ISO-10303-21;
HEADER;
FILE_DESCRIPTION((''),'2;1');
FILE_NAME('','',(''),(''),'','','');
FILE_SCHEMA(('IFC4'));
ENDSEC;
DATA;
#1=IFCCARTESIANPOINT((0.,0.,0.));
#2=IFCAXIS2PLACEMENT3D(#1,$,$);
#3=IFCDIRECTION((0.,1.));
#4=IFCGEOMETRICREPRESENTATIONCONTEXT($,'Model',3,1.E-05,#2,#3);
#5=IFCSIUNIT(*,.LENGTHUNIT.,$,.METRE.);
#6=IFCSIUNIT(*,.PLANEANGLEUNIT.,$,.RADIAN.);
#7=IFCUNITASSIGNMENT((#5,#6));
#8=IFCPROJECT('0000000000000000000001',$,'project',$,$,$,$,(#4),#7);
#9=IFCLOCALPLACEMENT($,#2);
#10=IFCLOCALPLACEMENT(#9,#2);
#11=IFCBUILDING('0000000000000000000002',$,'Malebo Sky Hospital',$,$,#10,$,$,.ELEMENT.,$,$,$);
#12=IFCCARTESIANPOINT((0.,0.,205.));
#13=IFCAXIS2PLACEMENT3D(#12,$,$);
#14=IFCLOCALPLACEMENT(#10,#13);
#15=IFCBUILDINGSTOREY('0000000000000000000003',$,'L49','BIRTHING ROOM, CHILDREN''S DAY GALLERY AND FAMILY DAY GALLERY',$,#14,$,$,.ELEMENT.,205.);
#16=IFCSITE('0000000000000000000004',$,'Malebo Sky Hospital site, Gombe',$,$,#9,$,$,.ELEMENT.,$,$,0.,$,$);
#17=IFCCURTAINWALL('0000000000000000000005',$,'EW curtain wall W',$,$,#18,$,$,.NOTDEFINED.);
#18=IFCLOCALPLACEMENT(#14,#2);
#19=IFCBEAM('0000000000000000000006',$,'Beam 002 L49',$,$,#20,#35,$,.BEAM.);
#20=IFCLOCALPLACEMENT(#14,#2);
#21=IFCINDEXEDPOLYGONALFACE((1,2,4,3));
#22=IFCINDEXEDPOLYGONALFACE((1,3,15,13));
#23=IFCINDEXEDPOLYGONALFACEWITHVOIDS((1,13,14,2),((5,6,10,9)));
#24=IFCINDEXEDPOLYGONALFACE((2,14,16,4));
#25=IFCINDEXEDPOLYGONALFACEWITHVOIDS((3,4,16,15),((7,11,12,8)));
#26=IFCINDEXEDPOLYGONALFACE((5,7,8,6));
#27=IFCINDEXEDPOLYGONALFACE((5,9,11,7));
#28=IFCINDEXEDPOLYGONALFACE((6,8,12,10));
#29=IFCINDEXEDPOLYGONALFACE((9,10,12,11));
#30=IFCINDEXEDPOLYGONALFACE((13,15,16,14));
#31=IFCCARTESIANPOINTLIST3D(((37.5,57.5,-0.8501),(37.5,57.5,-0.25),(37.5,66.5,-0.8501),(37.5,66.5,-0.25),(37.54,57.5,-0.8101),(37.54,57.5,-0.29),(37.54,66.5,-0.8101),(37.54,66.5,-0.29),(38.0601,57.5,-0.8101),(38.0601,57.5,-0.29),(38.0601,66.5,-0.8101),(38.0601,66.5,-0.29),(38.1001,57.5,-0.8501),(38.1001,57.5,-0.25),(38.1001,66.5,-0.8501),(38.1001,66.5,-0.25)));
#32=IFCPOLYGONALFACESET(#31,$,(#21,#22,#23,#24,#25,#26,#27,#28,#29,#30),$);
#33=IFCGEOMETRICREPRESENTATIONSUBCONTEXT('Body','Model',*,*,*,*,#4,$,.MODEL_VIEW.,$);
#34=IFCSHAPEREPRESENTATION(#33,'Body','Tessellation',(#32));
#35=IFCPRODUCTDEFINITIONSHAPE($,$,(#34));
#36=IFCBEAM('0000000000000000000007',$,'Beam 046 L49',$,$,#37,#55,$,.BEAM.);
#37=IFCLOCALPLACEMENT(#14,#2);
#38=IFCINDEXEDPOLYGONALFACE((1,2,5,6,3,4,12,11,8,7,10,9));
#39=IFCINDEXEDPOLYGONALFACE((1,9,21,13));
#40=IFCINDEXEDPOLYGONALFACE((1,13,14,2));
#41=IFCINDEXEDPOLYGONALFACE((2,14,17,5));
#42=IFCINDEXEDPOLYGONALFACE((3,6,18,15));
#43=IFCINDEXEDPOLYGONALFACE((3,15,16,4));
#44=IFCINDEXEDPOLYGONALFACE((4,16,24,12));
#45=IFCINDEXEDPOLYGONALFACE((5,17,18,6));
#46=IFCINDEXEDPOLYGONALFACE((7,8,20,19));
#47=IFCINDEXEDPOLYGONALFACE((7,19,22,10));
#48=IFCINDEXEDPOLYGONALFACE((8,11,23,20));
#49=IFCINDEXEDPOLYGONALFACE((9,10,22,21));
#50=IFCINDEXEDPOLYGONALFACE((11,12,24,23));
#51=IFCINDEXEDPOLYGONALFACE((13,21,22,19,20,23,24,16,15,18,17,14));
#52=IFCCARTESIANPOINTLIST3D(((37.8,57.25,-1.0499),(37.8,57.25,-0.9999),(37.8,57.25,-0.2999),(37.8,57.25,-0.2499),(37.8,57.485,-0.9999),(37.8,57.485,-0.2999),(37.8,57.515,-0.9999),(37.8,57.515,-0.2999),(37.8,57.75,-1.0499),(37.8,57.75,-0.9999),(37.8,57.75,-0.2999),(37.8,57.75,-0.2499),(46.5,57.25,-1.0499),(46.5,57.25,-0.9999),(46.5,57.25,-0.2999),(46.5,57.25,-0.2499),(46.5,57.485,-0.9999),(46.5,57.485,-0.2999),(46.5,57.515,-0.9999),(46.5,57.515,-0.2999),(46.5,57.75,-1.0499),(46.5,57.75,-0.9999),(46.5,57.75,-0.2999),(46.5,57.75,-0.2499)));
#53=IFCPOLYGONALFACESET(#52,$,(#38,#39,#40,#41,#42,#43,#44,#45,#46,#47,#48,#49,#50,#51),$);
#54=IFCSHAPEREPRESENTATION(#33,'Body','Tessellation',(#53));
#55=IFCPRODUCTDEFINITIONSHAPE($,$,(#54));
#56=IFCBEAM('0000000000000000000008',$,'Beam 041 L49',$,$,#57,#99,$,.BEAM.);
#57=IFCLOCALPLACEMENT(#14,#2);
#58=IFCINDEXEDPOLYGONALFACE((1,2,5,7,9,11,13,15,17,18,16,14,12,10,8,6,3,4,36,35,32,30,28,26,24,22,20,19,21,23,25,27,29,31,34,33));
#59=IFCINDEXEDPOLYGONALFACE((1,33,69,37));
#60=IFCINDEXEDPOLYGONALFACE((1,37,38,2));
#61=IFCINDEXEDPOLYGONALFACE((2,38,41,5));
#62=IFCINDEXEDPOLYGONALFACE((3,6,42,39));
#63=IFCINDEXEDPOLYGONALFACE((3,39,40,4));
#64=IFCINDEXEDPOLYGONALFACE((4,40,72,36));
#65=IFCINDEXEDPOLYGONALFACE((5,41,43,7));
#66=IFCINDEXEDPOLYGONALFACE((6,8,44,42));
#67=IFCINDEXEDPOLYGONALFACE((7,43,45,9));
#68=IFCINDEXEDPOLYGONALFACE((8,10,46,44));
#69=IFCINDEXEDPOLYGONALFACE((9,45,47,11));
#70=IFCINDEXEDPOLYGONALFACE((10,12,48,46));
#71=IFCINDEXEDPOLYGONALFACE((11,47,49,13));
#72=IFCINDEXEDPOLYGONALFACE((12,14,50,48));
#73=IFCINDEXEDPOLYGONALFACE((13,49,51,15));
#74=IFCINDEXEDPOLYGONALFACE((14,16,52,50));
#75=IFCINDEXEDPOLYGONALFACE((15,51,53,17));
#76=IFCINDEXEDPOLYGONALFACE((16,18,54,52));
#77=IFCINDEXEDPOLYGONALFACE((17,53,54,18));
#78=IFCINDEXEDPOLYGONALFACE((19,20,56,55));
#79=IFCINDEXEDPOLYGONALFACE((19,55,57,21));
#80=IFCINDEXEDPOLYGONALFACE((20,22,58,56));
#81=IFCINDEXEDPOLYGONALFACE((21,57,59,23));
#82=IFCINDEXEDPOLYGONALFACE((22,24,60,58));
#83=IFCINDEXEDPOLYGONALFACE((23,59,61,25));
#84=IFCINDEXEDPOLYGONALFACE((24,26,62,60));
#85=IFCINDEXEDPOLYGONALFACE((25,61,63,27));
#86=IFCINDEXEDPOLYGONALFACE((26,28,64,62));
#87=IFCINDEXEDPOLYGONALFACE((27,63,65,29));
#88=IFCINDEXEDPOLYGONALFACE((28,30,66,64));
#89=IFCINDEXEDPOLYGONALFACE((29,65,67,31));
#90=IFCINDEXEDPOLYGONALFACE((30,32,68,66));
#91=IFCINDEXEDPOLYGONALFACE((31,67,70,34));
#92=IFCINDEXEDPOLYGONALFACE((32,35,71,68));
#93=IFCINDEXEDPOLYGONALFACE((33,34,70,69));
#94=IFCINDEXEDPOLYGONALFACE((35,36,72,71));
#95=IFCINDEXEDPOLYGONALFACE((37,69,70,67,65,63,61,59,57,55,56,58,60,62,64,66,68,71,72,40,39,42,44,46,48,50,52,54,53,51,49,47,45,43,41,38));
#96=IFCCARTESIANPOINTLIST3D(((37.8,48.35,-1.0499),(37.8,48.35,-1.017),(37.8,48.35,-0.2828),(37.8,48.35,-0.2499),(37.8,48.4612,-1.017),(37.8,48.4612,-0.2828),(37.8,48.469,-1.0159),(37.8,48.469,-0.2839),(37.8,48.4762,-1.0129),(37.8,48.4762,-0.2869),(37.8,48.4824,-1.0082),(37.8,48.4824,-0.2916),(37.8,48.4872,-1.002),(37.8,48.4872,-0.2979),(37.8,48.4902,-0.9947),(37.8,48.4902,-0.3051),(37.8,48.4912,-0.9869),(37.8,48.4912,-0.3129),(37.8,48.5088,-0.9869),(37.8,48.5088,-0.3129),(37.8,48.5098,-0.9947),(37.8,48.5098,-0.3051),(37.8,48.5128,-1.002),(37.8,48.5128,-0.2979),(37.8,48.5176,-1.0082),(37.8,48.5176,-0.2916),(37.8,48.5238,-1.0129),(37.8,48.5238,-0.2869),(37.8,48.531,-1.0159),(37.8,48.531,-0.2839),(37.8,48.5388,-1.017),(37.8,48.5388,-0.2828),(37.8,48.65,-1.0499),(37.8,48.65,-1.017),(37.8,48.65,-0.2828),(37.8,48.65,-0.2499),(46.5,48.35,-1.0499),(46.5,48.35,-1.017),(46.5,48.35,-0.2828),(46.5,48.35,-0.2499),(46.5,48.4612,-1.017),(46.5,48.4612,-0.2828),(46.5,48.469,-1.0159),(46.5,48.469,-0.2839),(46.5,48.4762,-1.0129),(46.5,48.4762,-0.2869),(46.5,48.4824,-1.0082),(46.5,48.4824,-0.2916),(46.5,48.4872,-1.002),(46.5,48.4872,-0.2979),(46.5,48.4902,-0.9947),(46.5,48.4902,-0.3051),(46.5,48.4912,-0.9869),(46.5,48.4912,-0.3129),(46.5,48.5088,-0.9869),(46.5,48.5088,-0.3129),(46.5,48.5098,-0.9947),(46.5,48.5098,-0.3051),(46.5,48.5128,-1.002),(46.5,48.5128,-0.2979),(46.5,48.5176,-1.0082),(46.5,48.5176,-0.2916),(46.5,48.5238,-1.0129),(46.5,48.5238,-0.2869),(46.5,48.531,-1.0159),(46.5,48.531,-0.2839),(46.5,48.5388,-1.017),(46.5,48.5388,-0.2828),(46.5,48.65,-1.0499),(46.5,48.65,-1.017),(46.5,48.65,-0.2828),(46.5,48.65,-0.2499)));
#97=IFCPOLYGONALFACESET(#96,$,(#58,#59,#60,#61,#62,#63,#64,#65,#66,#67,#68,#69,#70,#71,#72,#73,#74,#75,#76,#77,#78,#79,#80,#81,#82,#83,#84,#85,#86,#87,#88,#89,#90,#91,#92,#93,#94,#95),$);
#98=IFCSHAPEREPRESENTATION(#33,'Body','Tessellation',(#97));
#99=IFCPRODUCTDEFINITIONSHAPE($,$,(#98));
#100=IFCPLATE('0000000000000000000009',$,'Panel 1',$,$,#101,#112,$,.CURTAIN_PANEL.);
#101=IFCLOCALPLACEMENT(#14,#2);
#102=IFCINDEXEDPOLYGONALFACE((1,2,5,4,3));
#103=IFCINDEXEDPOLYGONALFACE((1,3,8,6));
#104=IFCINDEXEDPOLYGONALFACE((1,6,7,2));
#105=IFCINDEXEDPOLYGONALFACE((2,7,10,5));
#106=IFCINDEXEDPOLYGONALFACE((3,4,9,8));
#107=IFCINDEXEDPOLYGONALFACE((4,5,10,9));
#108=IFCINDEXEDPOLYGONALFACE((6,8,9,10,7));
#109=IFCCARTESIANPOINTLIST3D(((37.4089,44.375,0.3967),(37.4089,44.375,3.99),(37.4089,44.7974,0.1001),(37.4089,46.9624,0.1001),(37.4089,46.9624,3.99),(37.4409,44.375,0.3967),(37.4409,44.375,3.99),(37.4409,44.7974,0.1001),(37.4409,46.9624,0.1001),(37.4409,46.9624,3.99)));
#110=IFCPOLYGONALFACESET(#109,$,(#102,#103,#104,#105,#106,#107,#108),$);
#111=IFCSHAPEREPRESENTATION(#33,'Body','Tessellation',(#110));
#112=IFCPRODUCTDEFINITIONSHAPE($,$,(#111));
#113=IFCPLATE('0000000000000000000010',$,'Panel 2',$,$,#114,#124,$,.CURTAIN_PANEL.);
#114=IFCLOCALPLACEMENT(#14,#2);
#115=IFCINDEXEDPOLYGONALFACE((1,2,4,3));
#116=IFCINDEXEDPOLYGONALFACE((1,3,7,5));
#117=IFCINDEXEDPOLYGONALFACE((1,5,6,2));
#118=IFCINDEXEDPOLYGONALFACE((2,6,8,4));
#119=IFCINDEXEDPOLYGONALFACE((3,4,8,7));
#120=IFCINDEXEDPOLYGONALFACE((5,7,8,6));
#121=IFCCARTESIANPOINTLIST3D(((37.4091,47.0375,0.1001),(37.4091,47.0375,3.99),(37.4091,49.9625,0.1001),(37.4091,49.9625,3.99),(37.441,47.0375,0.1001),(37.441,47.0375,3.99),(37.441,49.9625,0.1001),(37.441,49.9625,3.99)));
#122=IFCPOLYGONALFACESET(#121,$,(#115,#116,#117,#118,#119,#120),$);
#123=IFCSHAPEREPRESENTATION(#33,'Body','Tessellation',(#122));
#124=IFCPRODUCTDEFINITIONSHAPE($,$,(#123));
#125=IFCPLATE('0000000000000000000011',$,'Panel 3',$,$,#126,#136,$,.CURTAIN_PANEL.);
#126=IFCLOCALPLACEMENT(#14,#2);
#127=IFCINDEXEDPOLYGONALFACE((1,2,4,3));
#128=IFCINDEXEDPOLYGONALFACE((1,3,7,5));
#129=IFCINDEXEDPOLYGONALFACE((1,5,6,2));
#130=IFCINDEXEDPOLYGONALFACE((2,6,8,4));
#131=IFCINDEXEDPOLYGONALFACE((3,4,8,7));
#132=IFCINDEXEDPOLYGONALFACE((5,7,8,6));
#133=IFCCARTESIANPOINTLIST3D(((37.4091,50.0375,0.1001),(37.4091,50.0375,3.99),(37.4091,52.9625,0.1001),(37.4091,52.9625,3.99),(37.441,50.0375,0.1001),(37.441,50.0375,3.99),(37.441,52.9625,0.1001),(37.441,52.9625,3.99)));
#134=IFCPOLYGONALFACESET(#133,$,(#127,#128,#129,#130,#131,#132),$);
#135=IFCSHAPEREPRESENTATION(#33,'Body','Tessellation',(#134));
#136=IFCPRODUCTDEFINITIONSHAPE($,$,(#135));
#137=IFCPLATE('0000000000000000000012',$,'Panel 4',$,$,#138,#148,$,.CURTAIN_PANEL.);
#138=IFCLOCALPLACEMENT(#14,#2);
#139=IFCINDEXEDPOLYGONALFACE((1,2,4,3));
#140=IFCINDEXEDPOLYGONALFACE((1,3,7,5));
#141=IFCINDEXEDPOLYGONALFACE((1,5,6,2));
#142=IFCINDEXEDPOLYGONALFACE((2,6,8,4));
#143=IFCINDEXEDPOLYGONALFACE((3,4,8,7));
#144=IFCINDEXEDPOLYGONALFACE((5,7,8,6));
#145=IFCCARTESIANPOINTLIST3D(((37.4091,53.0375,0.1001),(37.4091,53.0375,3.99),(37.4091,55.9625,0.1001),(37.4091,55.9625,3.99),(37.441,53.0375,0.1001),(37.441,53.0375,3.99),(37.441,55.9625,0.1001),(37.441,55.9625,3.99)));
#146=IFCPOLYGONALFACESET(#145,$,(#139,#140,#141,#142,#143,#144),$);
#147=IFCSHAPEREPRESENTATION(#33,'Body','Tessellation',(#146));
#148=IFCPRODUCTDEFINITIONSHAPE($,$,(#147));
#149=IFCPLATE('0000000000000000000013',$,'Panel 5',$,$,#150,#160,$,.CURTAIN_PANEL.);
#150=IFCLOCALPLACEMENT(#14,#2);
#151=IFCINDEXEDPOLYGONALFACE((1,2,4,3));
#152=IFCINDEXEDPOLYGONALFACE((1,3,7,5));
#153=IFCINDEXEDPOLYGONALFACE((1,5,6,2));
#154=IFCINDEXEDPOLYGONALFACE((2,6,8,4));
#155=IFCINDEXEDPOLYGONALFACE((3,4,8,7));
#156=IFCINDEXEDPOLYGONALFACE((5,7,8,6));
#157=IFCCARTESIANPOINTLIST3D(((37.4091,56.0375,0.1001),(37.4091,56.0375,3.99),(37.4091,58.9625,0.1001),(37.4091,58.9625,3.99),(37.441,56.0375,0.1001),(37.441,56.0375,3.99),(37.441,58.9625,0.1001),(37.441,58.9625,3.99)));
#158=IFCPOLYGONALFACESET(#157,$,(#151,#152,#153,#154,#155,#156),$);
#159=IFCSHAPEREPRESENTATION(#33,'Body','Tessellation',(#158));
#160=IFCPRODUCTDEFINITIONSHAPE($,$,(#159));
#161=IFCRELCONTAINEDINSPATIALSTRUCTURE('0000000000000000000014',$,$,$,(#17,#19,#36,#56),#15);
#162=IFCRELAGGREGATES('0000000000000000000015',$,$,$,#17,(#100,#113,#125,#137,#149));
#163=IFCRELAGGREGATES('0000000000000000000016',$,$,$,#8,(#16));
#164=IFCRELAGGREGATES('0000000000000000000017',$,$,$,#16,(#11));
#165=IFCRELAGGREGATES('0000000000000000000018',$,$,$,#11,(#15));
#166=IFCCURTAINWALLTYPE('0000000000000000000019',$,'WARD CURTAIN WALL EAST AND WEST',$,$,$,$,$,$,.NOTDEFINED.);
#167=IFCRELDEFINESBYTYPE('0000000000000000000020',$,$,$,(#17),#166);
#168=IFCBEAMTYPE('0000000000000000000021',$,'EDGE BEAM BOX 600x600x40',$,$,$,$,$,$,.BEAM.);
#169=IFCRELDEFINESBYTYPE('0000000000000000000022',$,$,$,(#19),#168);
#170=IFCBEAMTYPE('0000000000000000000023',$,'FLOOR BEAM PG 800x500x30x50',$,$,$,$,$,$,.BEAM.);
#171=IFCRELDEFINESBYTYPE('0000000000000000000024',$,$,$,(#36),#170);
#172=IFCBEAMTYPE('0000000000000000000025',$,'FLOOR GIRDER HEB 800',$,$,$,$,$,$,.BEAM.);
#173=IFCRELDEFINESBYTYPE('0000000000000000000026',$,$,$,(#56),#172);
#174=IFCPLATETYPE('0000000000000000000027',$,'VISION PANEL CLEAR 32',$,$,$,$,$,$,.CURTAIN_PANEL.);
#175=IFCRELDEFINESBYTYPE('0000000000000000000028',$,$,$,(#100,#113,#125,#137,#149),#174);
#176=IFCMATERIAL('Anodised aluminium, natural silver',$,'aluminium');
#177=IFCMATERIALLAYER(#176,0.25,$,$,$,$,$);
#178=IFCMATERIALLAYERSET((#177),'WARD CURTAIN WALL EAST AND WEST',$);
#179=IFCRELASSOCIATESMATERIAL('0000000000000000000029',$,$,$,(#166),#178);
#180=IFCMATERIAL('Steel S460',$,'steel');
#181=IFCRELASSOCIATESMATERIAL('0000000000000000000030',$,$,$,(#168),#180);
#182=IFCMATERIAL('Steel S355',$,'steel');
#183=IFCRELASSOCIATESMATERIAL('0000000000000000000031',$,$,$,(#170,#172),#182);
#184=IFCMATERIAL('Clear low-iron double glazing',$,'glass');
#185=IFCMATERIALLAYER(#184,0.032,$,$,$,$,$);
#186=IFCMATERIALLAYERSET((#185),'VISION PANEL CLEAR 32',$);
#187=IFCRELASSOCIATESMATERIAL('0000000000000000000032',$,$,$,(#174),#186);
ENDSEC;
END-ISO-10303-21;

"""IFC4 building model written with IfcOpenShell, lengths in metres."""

from ifc_helpers import new_model, si_unit, direction, frame, origin, origin_2d, place, context, subcontext, project, spatial, polyline, rectangle, hollow_rectangle, i_section, outline, extrude, material, layer, layer_set, material_profile, profile_set, type_object, element, aggregate, save


model = new_model("IFC4")

# Units and contexts
model_context = context("Model", 3, precision=1e-05, world=origin(), true_north=direction((0.0, 1.0)))
body_context = subcontext(model_context, "Body", "Model", "MODEL_VIEW")
ifc_project = project(units=[si_unit("LENGTHUNIT", "METRE"), si_unit("PLANEANGLEUNIT", "RADIAN")], contexts=[model_context])

# Site, building, storey
site_placement = place(None, origin())
site = spatial("IfcSite", under=ifc_project, at=site_placement, Name="Malebo Sky Hospital site, Gombe", CompositionType="ELEMENT", RefElevation=0.0)
building_placement = place(site_placement, origin())
building = spatial("IfcBuilding", under=site, at=building_placement, Name="Malebo Sky Hospital", CompositionType="ELEMENT")
storey_placement = place(building_placement, frame((0.0, 0.0, 205.0)))
storey = spatial("IfcBuildingStorey", under=building, at=storey_placement, Name="L49", Description="BIRTHING ROOM, CHILDREN'S DAY GALLERY AND FAMILY DAY GALLERY", CompositionType="ELEMENT", Elevation=205.0)

# Shared definitions
ifc_material_1 = material(Name="Steel S460", Category="steel")

# Curtain wall
ifc_material_2 = material(Name="Anodised aluminium, natural silver", Category="aluminium")
ifc_layer_1 = layer(ifc_material_2, 0.25)
ifc_layer_set_1 = layer_set([ifc_layer_1], Name="WARD CURTAIN WALL EAST AND WEST")
curtain_wall_type = type_object("IfcCurtainWallType", Name="WARD CURTAIN WALL EAST AND WEST", PredefinedType="NOTDEFINED", material=ifc_layer_set_1)
curtain_wall_placement = place(storey_placement, origin())
curtain_wall = element("IfcCurtainWall", 1, at=curtain_wall_placement, inside=storey, type_object=curtain_wall_type, Name="EW curtain wall W", PredefinedType="NOTDEFINED")

# Beams
ifc_material_profile_1 = material_profile(ifc_material_1, hollow_rectangle(XDim=0.6001, YDim=0.6001, WallThickness=0.04, at=origin_2d()), Name="BOX 600x600x40")
ifc_profile_set_1 = profile_set([ifc_material_profile_1], Name="Steel S460")
beam_type_1 = type_object("IfcBeamType", Name="EDGE BEAM BOX 600x600x40", PredefinedType="BEAM", material=ifc_profile_set_1)
for number, where, z_axis, x_axis, name in (
    (2, (37.8, 57.5, -0.55), (0.0, 1.0, 0.0), (-1.0, 0.0, 0.0), "Beam 002 L49"),
):
    element("IfcBeam", number, at=place(storey_placement, frame(where, z_axis=z_axis, x_axis=x_axis)), inside=storey, type_object=beam_type_1, Name=name, PredefinedType="BEAM", context=body_context, shape_type="SweptSolid", body=[
        extrude(hollow_rectangle(XDim=0.6001, YDim=0.6001, WallThickness=0.04, at=origin_2d()), origin(), (0.0, 0.0, 1.0), 9.0),
    ])
ifc_material_3 = material(Name="Steel S355", Category="steel")
ifc_material_profile_2 = material_profile(ifc_material_3, i_section(OverallWidth=0.5, OverallDepth=0.8, WebThickness=0.03, FlangeThickness=0.05, at=origin_2d()), Name="PG 800x500x30x50")
ifc_profile_set_2 = profile_set([ifc_material_profile_2], Name="Steel S355")
beam_type_2 = type_object("IfcBeamType", Name="FLOOR BEAM PG 800x500x30x50", PredefinedType="BEAM", material=ifc_profile_set_2)
beam_1_placement = place(storey_placement, frame((37.8, 57.5, -0.6499), z_axis=(1.0, 0.0, 0.0), x_axis=(0.0, 1.0, 0.0)))
element("IfcBeam", 3, at=beam_1_placement, inside=storey, type_object=beam_type_2, Name="Beam 046 L49", PredefinedType="BEAM", context=body_context, shape_type="SweptSolid", body=[
    extrude(i_section(OverallWidth=0.5, OverallDepth=0.8, WebThickness=0.03, FlangeThickness=0.05, at=origin_2d()), origin(), (0.0, 0.0, 1.0), 8.7),
])
ifc_material_profile_3 = material_profile(ifc_material_3, i_section(OverallWidth=0.3, OverallDepth=0.8, WebThickness=0.0176, FlangeThickness=0.033, FilletRadius=0.03, at=origin_2d()), Name="HEB 800")
ifc_profile_set_3 = profile_set([ifc_material_profile_3], Name="Steel S355")
beam_type_3 = type_object("IfcBeamType", Name="FLOOR GIRDER HEB 800", PredefinedType="BEAM", material=ifc_profile_set_3)
beam_2_placement = place(storey_placement, frame((37.8, 48.5, -0.6499), z_axis=(1.0, 0.0, 0.0), x_axis=(0.0, 1.0, 0.0)))
element("IfcBeam", 4, at=beam_2_placement, inside=storey, type_object=beam_type_3, Name="Beam 041 L49", PredefinedType="BEAM", context=body_context, shape_type="SweptSolid", body=[
    extrude(i_section(OverallWidth=0.3, OverallDepth=0.8, WebThickness=0.0176, FlangeThickness=0.033, FilletRadius=0.03, at=origin_2d()), origin(), (0.0, 0.0, 1.0), 8.7),
])

# Plates
ifc_material_4 = material(Name="Clear low-iron double glazing", Category="glass")
ifc_layer_2 = layer(ifc_material_4, 0.032)
ifc_layer_set_2 = layer_set([ifc_layer_2], Name="VISION PANEL CLEAR 32")
plate_type = type_object("IfcPlateType", Name="VISION PANEL CLEAR 32", PredefinedType="CURTAIN_PANEL", material=ifc_layer_set_2)
plate_1_placement = place(storey_placement, frame((37.425, 45.6687, 0.1001), z_axis=(0.0, 0.0, 1.0), x_axis=(0.0, 1.0, 0.0)))
plate_1 = element("IfcPlate", 5, at=plate_1_placement, type_object=plate_type, Name="Panel 1", PredefinedType="CURTAIN_PANEL", context=body_context, shape_type="SweptSolid", body=[
    extrude(outline(polyline([(-0.8713, 0.0), (1.2937, 0.0), (1.2937, 3.8899), (-1.2937, 3.8899), (-1.2937, 0.2966), (-0.8713, 0.0)])), frame((0.0, 0.0161, 0.0), z_axis=(0.0, -1.0, 0.0), x_axis=(1.0, 0.0, 0.0)), (0.0, 0.0, 1.0), 0.032),
])
plate_2_placement = place(storey_placement, frame((37.425, 48.5, 0.1001), z_axis=(0.0, 0.0, 1.0), x_axis=(0.0, 1.0, 0.0)))
plate_2 = element("IfcPlate", 6, at=plate_2_placement, type_object=plate_type, Name="Panel 2", PredefinedType="CURTAIN_PANEL", context=body_context, shape_type="SweptSolid", body=[
    extrude(rectangle(XDim=2.925, YDim=0.032, at=origin_2d()), origin(), (0.0, 0.0, 1.0), 3.8899),
])
plate_3_placement = place(storey_placement, frame((37.425, 51.5, 0.1001), z_axis=(0.0, 0.0, 1.0), x_axis=(0.0, 1.0, 0.0)))
plate_3 = element("IfcPlate", 7, at=plate_3_placement, type_object=plate_type, Name="Panel 3", PredefinedType="CURTAIN_PANEL", context=body_context, shape_type="SweptSolid", body=[
    extrude(rectangle(XDim=2.925, YDim=0.032, at=origin_2d()), origin(), (0.0, 0.0, 1.0), 3.8899),
])
plate_4_placement = place(storey_placement, frame((37.425, 54.5, 0.1001), z_axis=(0.0, 0.0, 1.0), x_axis=(0.0, 1.0, 0.0)))
plate_4 = element("IfcPlate", 8, at=plate_4_placement, type_object=plate_type, Name="Panel 4", PredefinedType="CURTAIN_PANEL", context=body_context, shape_type="SweptSolid", body=[
    extrude(rectangle(XDim=2.925, YDim=0.032, at=origin_2d()), origin(), (0.0, 0.0, 1.0), 3.8899),
])
plate_5_placement = place(storey_placement, frame((37.425, 57.5, 0.1001), z_axis=(0.0, 0.0, 1.0), x_axis=(0.0, 1.0, 0.0)))
plate_5 = element("IfcPlate", 9, at=plate_5_placement, type_object=plate_type, Name="Panel 5", PredefinedType="CURTAIN_PANEL", context=body_context, shape_type="SweptSolid", body=[
    extrude(rectangle(XDim=2.925, YDim=0.032, at=origin_2d()), origin(), (0.0, 0.0, 1.0), 3.8899),
])
aggregate(curtain_wall, [plate_1, plate_2, plate_3, plate_4, plate_5])

save(model, "model.ifc")
